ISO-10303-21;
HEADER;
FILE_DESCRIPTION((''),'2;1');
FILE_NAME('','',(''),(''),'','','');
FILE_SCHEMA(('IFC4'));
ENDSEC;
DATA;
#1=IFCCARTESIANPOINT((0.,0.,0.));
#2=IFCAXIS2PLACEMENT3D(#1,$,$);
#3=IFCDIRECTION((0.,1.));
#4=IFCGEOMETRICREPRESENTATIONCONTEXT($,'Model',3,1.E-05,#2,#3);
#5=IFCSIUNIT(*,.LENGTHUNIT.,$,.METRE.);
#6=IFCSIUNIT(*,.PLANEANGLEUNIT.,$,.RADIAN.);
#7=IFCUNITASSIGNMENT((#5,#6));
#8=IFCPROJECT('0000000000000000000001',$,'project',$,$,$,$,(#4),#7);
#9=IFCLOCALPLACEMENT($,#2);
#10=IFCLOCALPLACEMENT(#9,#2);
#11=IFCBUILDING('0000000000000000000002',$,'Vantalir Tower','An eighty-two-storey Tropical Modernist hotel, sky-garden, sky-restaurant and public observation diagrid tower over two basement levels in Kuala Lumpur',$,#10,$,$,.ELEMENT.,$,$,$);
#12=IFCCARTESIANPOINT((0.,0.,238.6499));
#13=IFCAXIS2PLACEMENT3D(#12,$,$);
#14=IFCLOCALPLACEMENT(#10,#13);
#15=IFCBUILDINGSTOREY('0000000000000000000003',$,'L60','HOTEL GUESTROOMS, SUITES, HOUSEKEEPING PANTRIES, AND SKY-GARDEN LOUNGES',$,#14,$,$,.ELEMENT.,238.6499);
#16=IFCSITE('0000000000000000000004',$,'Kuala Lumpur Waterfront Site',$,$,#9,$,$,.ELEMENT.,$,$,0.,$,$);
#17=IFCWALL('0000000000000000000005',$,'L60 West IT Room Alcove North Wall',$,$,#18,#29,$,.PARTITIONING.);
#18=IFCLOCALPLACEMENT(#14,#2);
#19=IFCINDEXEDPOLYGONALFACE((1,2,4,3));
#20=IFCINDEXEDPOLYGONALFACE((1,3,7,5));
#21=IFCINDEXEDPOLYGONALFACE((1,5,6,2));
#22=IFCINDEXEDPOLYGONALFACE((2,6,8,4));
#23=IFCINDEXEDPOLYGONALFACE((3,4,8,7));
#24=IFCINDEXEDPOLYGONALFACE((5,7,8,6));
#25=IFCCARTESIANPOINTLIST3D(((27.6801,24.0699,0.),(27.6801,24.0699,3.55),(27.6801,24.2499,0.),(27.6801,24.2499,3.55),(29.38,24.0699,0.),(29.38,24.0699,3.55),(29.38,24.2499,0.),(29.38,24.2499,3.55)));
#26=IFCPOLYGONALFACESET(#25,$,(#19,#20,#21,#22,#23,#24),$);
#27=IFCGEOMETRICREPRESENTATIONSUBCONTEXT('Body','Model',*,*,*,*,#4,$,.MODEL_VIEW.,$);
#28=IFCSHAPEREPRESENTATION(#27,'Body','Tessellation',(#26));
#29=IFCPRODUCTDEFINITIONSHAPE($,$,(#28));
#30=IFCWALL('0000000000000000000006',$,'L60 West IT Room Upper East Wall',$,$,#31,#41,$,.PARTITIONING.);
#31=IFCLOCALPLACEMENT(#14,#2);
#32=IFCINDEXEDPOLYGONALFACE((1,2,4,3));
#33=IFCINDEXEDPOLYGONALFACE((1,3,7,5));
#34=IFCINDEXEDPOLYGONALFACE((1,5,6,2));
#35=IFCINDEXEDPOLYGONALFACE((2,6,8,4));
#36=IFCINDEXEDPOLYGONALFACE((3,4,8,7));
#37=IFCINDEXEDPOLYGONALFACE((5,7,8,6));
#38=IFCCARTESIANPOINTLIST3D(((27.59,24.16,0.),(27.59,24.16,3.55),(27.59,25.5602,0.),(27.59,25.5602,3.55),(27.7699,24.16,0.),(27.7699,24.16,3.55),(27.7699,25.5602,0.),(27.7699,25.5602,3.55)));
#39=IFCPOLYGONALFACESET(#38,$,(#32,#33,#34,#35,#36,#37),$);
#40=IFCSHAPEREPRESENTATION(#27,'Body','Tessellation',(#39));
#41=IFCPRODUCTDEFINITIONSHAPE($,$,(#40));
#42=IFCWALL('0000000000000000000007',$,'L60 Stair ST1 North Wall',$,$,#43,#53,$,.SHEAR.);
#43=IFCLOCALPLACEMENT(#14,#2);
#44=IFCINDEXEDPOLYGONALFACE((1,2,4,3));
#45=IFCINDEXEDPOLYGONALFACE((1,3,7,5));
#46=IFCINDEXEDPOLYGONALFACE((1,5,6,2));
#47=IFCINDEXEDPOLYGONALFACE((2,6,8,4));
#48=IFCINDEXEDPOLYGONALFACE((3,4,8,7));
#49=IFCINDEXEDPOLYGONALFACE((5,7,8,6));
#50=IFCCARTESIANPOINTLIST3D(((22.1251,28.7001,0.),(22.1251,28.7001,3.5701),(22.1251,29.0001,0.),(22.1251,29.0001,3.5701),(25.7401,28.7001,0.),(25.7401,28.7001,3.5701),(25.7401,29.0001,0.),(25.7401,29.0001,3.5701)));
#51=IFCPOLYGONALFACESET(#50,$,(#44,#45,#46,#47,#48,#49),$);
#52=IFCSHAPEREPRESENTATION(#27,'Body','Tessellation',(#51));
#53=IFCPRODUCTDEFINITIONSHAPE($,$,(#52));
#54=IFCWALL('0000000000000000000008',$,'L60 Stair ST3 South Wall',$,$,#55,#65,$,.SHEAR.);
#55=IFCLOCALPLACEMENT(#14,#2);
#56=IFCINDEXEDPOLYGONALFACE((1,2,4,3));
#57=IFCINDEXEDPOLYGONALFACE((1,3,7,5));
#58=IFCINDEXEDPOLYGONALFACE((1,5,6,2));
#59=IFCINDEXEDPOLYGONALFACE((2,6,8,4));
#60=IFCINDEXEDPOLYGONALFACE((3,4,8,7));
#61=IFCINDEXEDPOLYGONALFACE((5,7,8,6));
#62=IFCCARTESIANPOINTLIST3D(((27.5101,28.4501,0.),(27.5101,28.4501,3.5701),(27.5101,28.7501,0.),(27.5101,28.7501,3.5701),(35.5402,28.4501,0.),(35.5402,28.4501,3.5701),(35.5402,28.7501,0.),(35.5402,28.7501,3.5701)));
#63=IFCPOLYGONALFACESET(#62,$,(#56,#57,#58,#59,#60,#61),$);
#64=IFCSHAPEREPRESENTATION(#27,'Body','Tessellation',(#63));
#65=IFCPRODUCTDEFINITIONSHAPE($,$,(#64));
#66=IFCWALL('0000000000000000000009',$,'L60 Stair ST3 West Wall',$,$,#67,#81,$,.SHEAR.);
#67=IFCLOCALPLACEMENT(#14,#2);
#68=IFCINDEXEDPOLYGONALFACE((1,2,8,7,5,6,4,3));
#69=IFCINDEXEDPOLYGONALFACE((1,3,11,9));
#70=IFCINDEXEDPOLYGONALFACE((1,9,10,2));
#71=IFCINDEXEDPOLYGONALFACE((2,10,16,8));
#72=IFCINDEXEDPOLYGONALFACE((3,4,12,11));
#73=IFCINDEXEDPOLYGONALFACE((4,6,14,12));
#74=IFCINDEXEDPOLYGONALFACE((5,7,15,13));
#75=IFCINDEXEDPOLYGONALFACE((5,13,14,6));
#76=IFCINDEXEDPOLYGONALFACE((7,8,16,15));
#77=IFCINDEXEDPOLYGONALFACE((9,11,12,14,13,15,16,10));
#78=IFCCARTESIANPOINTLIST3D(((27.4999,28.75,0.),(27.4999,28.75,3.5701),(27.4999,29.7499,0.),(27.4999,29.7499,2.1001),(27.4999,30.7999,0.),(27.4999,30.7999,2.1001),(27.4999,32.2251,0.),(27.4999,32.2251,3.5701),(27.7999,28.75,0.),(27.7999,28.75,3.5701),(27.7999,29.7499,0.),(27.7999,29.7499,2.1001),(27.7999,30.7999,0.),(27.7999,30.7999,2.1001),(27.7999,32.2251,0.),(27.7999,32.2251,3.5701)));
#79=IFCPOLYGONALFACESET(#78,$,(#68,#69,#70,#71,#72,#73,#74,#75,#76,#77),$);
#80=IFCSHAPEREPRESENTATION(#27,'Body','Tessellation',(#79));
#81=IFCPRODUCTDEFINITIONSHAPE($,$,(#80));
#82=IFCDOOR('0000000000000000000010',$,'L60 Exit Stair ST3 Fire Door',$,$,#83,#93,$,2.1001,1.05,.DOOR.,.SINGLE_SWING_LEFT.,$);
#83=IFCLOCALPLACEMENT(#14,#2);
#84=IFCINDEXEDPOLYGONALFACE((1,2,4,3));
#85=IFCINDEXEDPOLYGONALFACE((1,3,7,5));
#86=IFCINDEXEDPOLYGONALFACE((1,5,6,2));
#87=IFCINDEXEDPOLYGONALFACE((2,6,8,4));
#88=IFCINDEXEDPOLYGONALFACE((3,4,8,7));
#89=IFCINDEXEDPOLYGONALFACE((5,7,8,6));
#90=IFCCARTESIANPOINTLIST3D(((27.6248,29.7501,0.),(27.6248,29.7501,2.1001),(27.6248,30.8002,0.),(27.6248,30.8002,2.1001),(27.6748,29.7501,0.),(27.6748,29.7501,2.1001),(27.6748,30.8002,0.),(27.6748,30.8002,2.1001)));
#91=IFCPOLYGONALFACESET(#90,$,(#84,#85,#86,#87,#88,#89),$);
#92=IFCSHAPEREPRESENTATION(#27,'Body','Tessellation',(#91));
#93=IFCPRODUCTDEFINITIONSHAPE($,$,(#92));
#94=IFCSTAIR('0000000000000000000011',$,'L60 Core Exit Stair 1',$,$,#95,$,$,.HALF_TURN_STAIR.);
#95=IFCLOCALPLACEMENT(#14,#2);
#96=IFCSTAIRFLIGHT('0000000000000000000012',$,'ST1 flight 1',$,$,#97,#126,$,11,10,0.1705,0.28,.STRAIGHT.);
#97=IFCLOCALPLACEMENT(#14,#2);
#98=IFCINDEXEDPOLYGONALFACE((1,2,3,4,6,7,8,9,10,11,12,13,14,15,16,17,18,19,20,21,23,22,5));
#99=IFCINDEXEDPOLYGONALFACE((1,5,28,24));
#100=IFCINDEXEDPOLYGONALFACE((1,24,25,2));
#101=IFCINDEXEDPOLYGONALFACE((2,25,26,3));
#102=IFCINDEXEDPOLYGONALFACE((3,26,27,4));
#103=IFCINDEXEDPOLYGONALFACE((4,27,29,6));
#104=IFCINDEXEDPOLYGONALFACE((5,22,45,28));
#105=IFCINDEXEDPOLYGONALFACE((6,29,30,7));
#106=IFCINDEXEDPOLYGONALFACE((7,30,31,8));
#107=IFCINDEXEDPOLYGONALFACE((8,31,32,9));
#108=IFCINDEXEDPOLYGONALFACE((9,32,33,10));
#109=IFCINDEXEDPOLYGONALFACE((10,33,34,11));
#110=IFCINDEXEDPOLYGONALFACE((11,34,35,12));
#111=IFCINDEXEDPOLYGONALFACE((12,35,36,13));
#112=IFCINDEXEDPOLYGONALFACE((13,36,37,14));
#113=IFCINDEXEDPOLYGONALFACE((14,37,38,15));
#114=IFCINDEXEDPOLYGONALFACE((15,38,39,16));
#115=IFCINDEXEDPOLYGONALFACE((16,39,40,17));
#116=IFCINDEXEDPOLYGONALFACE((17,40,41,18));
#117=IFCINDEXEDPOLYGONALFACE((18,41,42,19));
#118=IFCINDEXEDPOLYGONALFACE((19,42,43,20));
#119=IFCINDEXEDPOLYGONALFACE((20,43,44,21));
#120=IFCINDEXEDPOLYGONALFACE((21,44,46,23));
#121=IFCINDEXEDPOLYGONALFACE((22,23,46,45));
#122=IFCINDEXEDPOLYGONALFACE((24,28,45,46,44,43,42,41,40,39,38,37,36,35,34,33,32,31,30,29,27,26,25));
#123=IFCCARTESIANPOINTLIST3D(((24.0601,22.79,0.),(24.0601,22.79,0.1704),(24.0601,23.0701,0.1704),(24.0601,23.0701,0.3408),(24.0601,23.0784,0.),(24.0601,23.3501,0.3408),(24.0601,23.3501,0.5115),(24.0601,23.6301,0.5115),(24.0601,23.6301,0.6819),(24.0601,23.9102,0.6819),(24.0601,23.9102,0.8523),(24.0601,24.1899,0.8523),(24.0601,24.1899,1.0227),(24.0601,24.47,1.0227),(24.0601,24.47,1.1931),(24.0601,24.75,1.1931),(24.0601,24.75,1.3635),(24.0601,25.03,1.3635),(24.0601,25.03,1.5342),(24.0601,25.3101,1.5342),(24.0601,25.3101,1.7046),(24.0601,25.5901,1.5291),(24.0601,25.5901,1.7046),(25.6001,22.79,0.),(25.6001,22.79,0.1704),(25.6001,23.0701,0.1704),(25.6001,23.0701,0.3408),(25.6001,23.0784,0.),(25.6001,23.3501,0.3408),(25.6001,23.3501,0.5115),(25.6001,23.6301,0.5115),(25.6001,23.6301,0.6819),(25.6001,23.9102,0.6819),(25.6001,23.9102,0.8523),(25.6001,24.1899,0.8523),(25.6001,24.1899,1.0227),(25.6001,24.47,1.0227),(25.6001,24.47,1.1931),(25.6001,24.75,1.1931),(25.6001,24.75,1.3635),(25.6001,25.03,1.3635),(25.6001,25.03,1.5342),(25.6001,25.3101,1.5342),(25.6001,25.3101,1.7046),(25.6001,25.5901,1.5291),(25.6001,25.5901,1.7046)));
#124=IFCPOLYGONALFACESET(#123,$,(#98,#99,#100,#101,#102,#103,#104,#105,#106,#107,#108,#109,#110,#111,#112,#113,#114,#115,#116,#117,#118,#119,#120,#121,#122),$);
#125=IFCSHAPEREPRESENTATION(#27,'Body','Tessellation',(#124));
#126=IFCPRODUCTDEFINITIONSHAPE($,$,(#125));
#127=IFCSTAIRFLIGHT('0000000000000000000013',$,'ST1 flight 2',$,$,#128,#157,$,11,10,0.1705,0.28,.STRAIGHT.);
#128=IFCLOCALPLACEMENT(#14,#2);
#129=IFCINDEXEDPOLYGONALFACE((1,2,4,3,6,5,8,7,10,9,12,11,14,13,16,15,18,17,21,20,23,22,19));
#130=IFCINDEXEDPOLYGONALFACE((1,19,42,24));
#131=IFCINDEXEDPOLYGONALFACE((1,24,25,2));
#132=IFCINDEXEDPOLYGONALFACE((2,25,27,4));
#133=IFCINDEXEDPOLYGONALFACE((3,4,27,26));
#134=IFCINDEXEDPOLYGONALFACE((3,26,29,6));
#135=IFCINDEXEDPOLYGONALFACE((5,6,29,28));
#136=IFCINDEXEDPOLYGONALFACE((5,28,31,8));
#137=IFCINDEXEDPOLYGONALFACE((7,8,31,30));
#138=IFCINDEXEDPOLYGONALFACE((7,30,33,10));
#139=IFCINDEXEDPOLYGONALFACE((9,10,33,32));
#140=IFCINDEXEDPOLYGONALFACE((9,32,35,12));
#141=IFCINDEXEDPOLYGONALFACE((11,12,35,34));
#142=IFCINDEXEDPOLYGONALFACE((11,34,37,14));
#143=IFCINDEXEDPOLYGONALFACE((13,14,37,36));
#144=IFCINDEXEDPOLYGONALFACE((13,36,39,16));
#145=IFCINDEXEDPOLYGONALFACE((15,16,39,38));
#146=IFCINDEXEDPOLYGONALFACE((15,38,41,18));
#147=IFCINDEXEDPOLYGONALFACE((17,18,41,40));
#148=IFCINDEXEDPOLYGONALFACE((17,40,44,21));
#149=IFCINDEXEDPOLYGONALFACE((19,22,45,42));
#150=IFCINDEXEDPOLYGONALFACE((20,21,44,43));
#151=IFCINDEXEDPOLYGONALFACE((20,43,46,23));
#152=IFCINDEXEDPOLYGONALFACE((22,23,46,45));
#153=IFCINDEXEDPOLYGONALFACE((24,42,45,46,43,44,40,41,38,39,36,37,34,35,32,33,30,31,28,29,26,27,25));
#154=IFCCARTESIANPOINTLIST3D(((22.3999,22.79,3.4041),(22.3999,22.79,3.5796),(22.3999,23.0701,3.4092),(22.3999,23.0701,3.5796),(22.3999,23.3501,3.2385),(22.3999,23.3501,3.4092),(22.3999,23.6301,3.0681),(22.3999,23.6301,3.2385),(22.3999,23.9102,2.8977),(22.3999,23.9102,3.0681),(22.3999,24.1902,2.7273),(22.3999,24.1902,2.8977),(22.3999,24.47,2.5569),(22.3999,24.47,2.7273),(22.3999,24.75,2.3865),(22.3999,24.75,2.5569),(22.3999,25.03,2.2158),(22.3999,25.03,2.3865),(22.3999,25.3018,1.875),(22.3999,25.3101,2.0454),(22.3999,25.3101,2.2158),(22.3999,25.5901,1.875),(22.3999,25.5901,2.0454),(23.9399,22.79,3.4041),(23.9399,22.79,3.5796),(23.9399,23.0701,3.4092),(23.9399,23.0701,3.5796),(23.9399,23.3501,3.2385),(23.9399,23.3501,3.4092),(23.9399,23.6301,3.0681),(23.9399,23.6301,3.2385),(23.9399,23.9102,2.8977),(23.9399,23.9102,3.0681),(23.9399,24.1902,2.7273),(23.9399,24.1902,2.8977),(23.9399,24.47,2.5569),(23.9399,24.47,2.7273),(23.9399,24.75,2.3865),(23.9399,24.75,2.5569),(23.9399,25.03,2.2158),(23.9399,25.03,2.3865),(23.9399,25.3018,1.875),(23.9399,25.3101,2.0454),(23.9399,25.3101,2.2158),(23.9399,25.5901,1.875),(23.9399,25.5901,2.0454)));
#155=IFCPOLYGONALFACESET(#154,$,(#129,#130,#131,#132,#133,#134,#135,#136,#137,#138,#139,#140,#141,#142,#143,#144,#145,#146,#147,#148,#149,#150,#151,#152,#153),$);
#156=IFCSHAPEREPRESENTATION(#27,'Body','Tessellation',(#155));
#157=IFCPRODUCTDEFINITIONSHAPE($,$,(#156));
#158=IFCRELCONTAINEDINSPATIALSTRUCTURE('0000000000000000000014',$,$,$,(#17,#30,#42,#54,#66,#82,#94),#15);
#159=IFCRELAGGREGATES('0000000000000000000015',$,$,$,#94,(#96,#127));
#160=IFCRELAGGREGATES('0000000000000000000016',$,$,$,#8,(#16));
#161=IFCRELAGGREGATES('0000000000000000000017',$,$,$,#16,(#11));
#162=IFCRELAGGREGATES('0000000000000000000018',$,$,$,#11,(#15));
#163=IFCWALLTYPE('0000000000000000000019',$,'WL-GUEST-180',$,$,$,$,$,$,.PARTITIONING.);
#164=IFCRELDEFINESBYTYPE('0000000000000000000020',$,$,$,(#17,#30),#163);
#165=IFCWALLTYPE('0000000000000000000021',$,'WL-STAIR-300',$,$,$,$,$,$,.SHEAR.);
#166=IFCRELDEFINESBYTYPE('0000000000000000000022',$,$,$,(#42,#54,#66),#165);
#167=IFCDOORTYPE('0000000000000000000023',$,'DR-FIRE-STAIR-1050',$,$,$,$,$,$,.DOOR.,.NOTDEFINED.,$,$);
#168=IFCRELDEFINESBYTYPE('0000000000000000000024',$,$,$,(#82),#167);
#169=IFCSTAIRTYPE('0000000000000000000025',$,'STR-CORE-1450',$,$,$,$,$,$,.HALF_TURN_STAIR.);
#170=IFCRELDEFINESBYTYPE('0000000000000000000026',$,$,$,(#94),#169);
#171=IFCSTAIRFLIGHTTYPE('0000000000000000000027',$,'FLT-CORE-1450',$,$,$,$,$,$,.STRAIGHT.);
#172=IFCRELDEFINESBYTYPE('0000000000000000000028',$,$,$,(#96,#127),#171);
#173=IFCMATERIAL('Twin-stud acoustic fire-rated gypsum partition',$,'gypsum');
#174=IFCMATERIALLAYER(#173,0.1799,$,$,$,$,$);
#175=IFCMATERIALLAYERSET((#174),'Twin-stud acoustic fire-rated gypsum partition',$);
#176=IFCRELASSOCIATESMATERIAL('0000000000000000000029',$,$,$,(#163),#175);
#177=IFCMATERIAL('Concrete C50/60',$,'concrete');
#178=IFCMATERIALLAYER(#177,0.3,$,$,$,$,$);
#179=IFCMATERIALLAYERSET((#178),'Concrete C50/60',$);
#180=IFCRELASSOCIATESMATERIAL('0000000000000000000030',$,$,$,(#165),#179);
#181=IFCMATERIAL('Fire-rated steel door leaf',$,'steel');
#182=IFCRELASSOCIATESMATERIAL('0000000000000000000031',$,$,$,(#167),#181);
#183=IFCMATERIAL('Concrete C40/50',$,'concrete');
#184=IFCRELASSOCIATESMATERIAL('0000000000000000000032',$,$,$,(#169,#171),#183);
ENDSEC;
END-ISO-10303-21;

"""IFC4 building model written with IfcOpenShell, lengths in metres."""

from ifc_helpers import new_model, si_unit, direction, frame, frame_2d, origin, place, context, subcontext, project, spatial, polyline, rectangle, outline, extrude, material, layer, layer_set, type_object, element, fill, aggregate, save


model = new_model("IFC4")

# Units and contexts
model_context = context("Model", 3, precision=1e-05, world=origin(), true_north=direction((0.0, 1.0)))
body_context = subcontext(model_context, "Body", "Model", "MODEL_VIEW")
ifc_project = project(units=[si_unit("LENGTHUNIT", "METRE"), si_unit("PLANEANGLEUNIT", "RADIAN")], contexts=[model_context])

# Site, building, storey
site_placement = place(None, origin())
site = spatial("IfcSite", under=ifc_project, at=site_placement, Name="Kuala Lumpur Waterfront Site", CompositionType="ELEMENT", RefElevation=0.0)
building_placement = place(site_placement, origin())
building = spatial("IfcBuilding", under=site, at=building_placement, Name="Vantalir Tower", Description="An eighty-two-storey Tropical Modernist hotel, sky-garden, sky-restaurant and public observation diagrid tower over two basement levels in Kuala Lumpur", CompositionType="ELEMENT")
storey_placement = place(building_placement, frame((0.0, 0.0, 238.6499)))
storey = spatial("IfcBuildingStorey", under=building, at=storey_placement, Name="L60", Description="HOTEL GUESTROOMS, SUITES, HOUSEKEEPING PANTRIES, AND SKY-GARDEN LOUNGES", CompositionType="ELEMENT", Elevation=238.6499)

# Walls
ifc_material_1 = material(Name="Twin-stud acoustic fire-rated gypsum partition", Category="gypsum")
ifc_layer_1 = layer(ifc_material_1, 0.1799)
ifc_layer_set_1 = layer_set([ifc_layer_1], Name="Twin-stud acoustic fire-rated gypsum partition")
wall_type_1 = type_object("IfcWallType", Name="WL-GUEST-180", PredefinedType="PARTITIONING", material=ifc_layer_set_1)
wall_1_placement = place(storey_placement, frame((27.6799, 24.1599, 0.0), z_axis=(0.0, 0.0, 1.0), x_axis=(1.0, 0.0, 0.0)))
element("IfcWall", 1, at=wall_1_placement, inside=storey, type_object=wall_type_1, Name="L60 West IT Room Alcove North Wall", PredefinedType="PARTITIONING", context=body_context, shape_type="SweptSolid", body=[
    extrude(rectangle(XDim=1.7, YDim=0.1799, at=frame_2d((0.8501, 0.0))), origin(), (0.0, 0.0, 1.0), 3.55),
])
wall_2_placement = place(storey_placement, frame((27.6799, 24.1599, 0.0), z_axis=(0.0, 0.0, 1.0), x_axis=(0.0, 1.0, 0.0)))
element("IfcWall", 2, at=wall_2_placement, inside=storey, type_object=wall_type_1, Name="L60 West IT Room Upper East Wall", PredefinedType="PARTITIONING", context=body_context, shape_type="SweptSolid", body=[
    extrude(rectangle(XDim=1.4001, YDim=0.1799, at=frame_2d((0.7002, 0.0))), origin(), (0.0, 0.0, 1.0), 3.55),
])
ifc_material_2 = material(Name="Concrete C50/60", Category="concrete")
ifc_layer_2 = layer(ifc_material_2, 0.3)
ifc_layer_set_2 = layer_set([ifc_layer_2], Name="Concrete C50/60")
wall_type_2 = type_object("IfcWallType", Name="WL-STAIR-300", PredefinedType="SHEAR", material=ifc_layer_set_2)
wall_3_placement = place(storey_placement, frame((22.125, 28.8501, 0.0), z_axis=(0.0, 0.0, 1.0), x_axis=(1.0, 0.0, 0.0)))
element("IfcWall", 3, at=wall_3_placement, inside=storey, type_object=wall_type_2, Name="L60 Stair ST1 North Wall", PredefinedType="SHEAR", context=body_context, shape_type="SweptSolid", body=[
    extrude(rectangle(XDim=3.615, YDim=0.3, at=frame_2d((1.8076, 0.0))), origin(), (0.0, 0.0, 1.0), 3.5701),
])
wall_4_placement = place(storey_placement, frame((27.51, 28.6001, 0.0), z_axis=(0.0, 0.0, 1.0), x_axis=(1.0, 0.0, 0.0)))
element("IfcWall", 4, at=wall_4_placement, inside=storey, type_object=wall_type_2, Name="L60 Stair ST3 South Wall", PredefinedType="SHEAR", context=body_context, shape_type="SweptSolid", body=[
    extrude(rectangle(XDim=8.03, YDim=0.3, at=frame_2d((4.0151, 0.0))), origin(), (0.0, 0.0, 1.0), 3.5701),
])

# Wall, opening, door
wall_5_placement = place(storey_placement, frame((27.6499, 28.75, 0.0), z_axis=(0.0, 0.0, 1.0), x_axis=(0.0, 1.0, 0.0)))
wall_5 = element("IfcWall", 5, at=wall_5_placement, inside=storey, type_object=wall_type_2, Name="L60 Stair ST3 West Wall", PredefinedType="SHEAR", context=body_context, shape_type="SweptSolid", body=[
    extrude(rectangle(XDim=3.4751, YDim=0.3, at=frame_2d((1.7375, 0.0))), origin(), (0.0, 0.0, 1.0), 3.5701),
])
opening_1_placement = place(wall_5_placement, frame((1.0, 0.0, 0.0)))
opening_1 = element("IfcOpeningElement", 6, at=opening_1_placement, cuts=wall_5, PredefinedType="OPENING", context=body_context, shape_type="SweptSolid", body=[
    extrude(rectangle(XDim=1.05, YDim=2.1001, at=frame_2d((0.5249, 1.05))), frame((0.0, 0.1599, 0.0), z_axis=(0.0, -1.0, 0.0), x_axis=(1.0, 0.0, 0.0)), (0.0, 0.0, 1.0), 0.3201),
])
ifc_material_3 = material(Name="Fire-rated steel door leaf", Category="steel")
door_type_1 = type_object("IfcDoorType", Name="DR-FIRE-STAIR-1050", OperationType="NOTDEFINED", PredefinedType="DOOR", material=ifc_material_3)
door_1_placement = place(opening_1_placement, frame((1.05, 0.0, 0.0), z_axis=(0.0, 0.0, 1.0), x_axis=(-1.0, 0.0, 0.0)))
door_1 = element("IfcDoor", 7, at=door_1_placement, inside=storey, type_object=door_type_1, Name="L60 Exit Stair ST3 Fire Door", OperationType="SINGLE_SWING_LEFT", OverallHeight=2.1001, OverallWidth=1.05, PredefinedType="DOOR", context=body_context, shape_type="SweptSolid", body=[
    extrude(rectangle(XDim=1.05, YDim=2.1001, at=frame_2d((0.5249, 1.05))), frame((0.0, 0.0249, 0.0), z_axis=(0.0, -1.0, 0.0), x_axis=(1.0, 0.0, 0.0)), (0.0, 0.0, 1.0), 0.05),
])
fill(opening_1, door_1)

# Stair, stair flights
ifc_material_4 = material(Name="Concrete C40/50", Category="concrete")
stair_type = type_object("IfcStairType", Name="STR-CORE-1450", PredefinedType="HALF_TURN_STAIR", material=ifc_material_4)
stair_1_placement = place(storey_placement, origin())
stair_1 = element("IfcStair", 8, at=stair_1_placement, inside=storey, type_object=stair_type, Name="L60 Core Exit Stair 1", PredefinedType="HALF_TURN_STAIR")
stair_flight_type = type_object("IfcStairFlightType", Name="FLT-CORE-1450", PredefinedType="STRAIGHT", material=ifc_material_4)
stair_flight_1_placement = place(storey_placement, frame((24.8301, 22.79, 0.0), z_axis=(0.0, 0.0, 1.0), x_axis=(0.0, 1.0, 0.0)))
stair_flight_1 = element("IfcStairFlight", 9, at=stair_flight_1_placement, type_object=stair_flight_type, Name="ST1 flight 1", NumberOfRisers=11, NumberOfTreads=10, PredefinedType="STRAIGHT", RiserHeight=0.1705, TreadLength=0.28, context=body_context, shape_type="SweptSolid", body=[
    extrude(outline(polyline([(0.0, 0.0), (0.0, 0.1704), (0.28, 0.1704), (0.28, 0.3408), (0.5601, 0.3408), (0.5601, 0.5115), (0.8401, 0.5115), (0.8401, 0.6819), (1.1201, 0.6819), (1.1201, 0.8523), (1.3999, 0.8523), (1.3999, 1.0227), (1.6799, 1.0227), (1.6799, 1.1931), (1.96, 1.1931), (1.96, 1.3635), (2.24, 1.3635), (2.24, 1.5342), (2.52, 1.5342), (2.52, 1.7046), (2.8, 1.7046), (2.8, 1.875), (2.8, 1.5291), (0.2883, 0.0), (0.0, 0.0)])), frame((0.0, 0.77, 0.0), z_axis=(0.0, -1.0, 0.0), x_axis=(1.0, 0.0, 0.0)), (0.0, 0.0, 1.0), 1.54),
])
stair_flight_2_placement = place(storey_placement, frame((23.1699, 25.5901, 1.875), z_axis=(0.0, 0.0, 1.0), x_axis=(0.0, -1.0, 0.0)))
stair_flight_2 = element("IfcStairFlight", 10, at=stair_flight_2_placement, type_object=stair_flight_type, Name="ST1 flight 2", NumberOfRisers=11, NumberOfTreads=10, PredefinedType="STRAIGHT", RiserHeight=0.1705, TreadLength=0.28, context=body_context, shape_type="SweptSolid", body=[
    extrude(outline(polyline([(0.0, 0.0), (0.0, 0.1704), (0.28, 0.1704), (0.28, 0.3408), (0.5601, 0.3408), (0.5601, 0.5115), (0.8401, 0.5115), (0.8401, 0.6819), (1.1201, 0.6819), (1.1201, 0.8523), (1.3999, 0.8523), (1.3999, 1.0227), (1.6799, 1.0227), (1.6799, 1.1931), (1.96, 1.1931), (1.96, 1.3635), (2.24, 1.3635), (2.24, 1.5342), (2.52, 1.5342), (2.52, 1.7046), (2.8, 1.7046), (2.8, 1.875), (2.8, 1.5291), (0.2883, 0.0), (0.0, 0.0)])), frame((0.0, 0.77, 0.0), z_axis=(0.0, -1.0, 0.0), x_axis=(1.0, 0.0, 0.0)), (0.0, 0.0, 1.0), 1.54),
])
aggregate(stair_1, [stair_flight_1, stair_flight_2])

save(model, "model.ifc")
